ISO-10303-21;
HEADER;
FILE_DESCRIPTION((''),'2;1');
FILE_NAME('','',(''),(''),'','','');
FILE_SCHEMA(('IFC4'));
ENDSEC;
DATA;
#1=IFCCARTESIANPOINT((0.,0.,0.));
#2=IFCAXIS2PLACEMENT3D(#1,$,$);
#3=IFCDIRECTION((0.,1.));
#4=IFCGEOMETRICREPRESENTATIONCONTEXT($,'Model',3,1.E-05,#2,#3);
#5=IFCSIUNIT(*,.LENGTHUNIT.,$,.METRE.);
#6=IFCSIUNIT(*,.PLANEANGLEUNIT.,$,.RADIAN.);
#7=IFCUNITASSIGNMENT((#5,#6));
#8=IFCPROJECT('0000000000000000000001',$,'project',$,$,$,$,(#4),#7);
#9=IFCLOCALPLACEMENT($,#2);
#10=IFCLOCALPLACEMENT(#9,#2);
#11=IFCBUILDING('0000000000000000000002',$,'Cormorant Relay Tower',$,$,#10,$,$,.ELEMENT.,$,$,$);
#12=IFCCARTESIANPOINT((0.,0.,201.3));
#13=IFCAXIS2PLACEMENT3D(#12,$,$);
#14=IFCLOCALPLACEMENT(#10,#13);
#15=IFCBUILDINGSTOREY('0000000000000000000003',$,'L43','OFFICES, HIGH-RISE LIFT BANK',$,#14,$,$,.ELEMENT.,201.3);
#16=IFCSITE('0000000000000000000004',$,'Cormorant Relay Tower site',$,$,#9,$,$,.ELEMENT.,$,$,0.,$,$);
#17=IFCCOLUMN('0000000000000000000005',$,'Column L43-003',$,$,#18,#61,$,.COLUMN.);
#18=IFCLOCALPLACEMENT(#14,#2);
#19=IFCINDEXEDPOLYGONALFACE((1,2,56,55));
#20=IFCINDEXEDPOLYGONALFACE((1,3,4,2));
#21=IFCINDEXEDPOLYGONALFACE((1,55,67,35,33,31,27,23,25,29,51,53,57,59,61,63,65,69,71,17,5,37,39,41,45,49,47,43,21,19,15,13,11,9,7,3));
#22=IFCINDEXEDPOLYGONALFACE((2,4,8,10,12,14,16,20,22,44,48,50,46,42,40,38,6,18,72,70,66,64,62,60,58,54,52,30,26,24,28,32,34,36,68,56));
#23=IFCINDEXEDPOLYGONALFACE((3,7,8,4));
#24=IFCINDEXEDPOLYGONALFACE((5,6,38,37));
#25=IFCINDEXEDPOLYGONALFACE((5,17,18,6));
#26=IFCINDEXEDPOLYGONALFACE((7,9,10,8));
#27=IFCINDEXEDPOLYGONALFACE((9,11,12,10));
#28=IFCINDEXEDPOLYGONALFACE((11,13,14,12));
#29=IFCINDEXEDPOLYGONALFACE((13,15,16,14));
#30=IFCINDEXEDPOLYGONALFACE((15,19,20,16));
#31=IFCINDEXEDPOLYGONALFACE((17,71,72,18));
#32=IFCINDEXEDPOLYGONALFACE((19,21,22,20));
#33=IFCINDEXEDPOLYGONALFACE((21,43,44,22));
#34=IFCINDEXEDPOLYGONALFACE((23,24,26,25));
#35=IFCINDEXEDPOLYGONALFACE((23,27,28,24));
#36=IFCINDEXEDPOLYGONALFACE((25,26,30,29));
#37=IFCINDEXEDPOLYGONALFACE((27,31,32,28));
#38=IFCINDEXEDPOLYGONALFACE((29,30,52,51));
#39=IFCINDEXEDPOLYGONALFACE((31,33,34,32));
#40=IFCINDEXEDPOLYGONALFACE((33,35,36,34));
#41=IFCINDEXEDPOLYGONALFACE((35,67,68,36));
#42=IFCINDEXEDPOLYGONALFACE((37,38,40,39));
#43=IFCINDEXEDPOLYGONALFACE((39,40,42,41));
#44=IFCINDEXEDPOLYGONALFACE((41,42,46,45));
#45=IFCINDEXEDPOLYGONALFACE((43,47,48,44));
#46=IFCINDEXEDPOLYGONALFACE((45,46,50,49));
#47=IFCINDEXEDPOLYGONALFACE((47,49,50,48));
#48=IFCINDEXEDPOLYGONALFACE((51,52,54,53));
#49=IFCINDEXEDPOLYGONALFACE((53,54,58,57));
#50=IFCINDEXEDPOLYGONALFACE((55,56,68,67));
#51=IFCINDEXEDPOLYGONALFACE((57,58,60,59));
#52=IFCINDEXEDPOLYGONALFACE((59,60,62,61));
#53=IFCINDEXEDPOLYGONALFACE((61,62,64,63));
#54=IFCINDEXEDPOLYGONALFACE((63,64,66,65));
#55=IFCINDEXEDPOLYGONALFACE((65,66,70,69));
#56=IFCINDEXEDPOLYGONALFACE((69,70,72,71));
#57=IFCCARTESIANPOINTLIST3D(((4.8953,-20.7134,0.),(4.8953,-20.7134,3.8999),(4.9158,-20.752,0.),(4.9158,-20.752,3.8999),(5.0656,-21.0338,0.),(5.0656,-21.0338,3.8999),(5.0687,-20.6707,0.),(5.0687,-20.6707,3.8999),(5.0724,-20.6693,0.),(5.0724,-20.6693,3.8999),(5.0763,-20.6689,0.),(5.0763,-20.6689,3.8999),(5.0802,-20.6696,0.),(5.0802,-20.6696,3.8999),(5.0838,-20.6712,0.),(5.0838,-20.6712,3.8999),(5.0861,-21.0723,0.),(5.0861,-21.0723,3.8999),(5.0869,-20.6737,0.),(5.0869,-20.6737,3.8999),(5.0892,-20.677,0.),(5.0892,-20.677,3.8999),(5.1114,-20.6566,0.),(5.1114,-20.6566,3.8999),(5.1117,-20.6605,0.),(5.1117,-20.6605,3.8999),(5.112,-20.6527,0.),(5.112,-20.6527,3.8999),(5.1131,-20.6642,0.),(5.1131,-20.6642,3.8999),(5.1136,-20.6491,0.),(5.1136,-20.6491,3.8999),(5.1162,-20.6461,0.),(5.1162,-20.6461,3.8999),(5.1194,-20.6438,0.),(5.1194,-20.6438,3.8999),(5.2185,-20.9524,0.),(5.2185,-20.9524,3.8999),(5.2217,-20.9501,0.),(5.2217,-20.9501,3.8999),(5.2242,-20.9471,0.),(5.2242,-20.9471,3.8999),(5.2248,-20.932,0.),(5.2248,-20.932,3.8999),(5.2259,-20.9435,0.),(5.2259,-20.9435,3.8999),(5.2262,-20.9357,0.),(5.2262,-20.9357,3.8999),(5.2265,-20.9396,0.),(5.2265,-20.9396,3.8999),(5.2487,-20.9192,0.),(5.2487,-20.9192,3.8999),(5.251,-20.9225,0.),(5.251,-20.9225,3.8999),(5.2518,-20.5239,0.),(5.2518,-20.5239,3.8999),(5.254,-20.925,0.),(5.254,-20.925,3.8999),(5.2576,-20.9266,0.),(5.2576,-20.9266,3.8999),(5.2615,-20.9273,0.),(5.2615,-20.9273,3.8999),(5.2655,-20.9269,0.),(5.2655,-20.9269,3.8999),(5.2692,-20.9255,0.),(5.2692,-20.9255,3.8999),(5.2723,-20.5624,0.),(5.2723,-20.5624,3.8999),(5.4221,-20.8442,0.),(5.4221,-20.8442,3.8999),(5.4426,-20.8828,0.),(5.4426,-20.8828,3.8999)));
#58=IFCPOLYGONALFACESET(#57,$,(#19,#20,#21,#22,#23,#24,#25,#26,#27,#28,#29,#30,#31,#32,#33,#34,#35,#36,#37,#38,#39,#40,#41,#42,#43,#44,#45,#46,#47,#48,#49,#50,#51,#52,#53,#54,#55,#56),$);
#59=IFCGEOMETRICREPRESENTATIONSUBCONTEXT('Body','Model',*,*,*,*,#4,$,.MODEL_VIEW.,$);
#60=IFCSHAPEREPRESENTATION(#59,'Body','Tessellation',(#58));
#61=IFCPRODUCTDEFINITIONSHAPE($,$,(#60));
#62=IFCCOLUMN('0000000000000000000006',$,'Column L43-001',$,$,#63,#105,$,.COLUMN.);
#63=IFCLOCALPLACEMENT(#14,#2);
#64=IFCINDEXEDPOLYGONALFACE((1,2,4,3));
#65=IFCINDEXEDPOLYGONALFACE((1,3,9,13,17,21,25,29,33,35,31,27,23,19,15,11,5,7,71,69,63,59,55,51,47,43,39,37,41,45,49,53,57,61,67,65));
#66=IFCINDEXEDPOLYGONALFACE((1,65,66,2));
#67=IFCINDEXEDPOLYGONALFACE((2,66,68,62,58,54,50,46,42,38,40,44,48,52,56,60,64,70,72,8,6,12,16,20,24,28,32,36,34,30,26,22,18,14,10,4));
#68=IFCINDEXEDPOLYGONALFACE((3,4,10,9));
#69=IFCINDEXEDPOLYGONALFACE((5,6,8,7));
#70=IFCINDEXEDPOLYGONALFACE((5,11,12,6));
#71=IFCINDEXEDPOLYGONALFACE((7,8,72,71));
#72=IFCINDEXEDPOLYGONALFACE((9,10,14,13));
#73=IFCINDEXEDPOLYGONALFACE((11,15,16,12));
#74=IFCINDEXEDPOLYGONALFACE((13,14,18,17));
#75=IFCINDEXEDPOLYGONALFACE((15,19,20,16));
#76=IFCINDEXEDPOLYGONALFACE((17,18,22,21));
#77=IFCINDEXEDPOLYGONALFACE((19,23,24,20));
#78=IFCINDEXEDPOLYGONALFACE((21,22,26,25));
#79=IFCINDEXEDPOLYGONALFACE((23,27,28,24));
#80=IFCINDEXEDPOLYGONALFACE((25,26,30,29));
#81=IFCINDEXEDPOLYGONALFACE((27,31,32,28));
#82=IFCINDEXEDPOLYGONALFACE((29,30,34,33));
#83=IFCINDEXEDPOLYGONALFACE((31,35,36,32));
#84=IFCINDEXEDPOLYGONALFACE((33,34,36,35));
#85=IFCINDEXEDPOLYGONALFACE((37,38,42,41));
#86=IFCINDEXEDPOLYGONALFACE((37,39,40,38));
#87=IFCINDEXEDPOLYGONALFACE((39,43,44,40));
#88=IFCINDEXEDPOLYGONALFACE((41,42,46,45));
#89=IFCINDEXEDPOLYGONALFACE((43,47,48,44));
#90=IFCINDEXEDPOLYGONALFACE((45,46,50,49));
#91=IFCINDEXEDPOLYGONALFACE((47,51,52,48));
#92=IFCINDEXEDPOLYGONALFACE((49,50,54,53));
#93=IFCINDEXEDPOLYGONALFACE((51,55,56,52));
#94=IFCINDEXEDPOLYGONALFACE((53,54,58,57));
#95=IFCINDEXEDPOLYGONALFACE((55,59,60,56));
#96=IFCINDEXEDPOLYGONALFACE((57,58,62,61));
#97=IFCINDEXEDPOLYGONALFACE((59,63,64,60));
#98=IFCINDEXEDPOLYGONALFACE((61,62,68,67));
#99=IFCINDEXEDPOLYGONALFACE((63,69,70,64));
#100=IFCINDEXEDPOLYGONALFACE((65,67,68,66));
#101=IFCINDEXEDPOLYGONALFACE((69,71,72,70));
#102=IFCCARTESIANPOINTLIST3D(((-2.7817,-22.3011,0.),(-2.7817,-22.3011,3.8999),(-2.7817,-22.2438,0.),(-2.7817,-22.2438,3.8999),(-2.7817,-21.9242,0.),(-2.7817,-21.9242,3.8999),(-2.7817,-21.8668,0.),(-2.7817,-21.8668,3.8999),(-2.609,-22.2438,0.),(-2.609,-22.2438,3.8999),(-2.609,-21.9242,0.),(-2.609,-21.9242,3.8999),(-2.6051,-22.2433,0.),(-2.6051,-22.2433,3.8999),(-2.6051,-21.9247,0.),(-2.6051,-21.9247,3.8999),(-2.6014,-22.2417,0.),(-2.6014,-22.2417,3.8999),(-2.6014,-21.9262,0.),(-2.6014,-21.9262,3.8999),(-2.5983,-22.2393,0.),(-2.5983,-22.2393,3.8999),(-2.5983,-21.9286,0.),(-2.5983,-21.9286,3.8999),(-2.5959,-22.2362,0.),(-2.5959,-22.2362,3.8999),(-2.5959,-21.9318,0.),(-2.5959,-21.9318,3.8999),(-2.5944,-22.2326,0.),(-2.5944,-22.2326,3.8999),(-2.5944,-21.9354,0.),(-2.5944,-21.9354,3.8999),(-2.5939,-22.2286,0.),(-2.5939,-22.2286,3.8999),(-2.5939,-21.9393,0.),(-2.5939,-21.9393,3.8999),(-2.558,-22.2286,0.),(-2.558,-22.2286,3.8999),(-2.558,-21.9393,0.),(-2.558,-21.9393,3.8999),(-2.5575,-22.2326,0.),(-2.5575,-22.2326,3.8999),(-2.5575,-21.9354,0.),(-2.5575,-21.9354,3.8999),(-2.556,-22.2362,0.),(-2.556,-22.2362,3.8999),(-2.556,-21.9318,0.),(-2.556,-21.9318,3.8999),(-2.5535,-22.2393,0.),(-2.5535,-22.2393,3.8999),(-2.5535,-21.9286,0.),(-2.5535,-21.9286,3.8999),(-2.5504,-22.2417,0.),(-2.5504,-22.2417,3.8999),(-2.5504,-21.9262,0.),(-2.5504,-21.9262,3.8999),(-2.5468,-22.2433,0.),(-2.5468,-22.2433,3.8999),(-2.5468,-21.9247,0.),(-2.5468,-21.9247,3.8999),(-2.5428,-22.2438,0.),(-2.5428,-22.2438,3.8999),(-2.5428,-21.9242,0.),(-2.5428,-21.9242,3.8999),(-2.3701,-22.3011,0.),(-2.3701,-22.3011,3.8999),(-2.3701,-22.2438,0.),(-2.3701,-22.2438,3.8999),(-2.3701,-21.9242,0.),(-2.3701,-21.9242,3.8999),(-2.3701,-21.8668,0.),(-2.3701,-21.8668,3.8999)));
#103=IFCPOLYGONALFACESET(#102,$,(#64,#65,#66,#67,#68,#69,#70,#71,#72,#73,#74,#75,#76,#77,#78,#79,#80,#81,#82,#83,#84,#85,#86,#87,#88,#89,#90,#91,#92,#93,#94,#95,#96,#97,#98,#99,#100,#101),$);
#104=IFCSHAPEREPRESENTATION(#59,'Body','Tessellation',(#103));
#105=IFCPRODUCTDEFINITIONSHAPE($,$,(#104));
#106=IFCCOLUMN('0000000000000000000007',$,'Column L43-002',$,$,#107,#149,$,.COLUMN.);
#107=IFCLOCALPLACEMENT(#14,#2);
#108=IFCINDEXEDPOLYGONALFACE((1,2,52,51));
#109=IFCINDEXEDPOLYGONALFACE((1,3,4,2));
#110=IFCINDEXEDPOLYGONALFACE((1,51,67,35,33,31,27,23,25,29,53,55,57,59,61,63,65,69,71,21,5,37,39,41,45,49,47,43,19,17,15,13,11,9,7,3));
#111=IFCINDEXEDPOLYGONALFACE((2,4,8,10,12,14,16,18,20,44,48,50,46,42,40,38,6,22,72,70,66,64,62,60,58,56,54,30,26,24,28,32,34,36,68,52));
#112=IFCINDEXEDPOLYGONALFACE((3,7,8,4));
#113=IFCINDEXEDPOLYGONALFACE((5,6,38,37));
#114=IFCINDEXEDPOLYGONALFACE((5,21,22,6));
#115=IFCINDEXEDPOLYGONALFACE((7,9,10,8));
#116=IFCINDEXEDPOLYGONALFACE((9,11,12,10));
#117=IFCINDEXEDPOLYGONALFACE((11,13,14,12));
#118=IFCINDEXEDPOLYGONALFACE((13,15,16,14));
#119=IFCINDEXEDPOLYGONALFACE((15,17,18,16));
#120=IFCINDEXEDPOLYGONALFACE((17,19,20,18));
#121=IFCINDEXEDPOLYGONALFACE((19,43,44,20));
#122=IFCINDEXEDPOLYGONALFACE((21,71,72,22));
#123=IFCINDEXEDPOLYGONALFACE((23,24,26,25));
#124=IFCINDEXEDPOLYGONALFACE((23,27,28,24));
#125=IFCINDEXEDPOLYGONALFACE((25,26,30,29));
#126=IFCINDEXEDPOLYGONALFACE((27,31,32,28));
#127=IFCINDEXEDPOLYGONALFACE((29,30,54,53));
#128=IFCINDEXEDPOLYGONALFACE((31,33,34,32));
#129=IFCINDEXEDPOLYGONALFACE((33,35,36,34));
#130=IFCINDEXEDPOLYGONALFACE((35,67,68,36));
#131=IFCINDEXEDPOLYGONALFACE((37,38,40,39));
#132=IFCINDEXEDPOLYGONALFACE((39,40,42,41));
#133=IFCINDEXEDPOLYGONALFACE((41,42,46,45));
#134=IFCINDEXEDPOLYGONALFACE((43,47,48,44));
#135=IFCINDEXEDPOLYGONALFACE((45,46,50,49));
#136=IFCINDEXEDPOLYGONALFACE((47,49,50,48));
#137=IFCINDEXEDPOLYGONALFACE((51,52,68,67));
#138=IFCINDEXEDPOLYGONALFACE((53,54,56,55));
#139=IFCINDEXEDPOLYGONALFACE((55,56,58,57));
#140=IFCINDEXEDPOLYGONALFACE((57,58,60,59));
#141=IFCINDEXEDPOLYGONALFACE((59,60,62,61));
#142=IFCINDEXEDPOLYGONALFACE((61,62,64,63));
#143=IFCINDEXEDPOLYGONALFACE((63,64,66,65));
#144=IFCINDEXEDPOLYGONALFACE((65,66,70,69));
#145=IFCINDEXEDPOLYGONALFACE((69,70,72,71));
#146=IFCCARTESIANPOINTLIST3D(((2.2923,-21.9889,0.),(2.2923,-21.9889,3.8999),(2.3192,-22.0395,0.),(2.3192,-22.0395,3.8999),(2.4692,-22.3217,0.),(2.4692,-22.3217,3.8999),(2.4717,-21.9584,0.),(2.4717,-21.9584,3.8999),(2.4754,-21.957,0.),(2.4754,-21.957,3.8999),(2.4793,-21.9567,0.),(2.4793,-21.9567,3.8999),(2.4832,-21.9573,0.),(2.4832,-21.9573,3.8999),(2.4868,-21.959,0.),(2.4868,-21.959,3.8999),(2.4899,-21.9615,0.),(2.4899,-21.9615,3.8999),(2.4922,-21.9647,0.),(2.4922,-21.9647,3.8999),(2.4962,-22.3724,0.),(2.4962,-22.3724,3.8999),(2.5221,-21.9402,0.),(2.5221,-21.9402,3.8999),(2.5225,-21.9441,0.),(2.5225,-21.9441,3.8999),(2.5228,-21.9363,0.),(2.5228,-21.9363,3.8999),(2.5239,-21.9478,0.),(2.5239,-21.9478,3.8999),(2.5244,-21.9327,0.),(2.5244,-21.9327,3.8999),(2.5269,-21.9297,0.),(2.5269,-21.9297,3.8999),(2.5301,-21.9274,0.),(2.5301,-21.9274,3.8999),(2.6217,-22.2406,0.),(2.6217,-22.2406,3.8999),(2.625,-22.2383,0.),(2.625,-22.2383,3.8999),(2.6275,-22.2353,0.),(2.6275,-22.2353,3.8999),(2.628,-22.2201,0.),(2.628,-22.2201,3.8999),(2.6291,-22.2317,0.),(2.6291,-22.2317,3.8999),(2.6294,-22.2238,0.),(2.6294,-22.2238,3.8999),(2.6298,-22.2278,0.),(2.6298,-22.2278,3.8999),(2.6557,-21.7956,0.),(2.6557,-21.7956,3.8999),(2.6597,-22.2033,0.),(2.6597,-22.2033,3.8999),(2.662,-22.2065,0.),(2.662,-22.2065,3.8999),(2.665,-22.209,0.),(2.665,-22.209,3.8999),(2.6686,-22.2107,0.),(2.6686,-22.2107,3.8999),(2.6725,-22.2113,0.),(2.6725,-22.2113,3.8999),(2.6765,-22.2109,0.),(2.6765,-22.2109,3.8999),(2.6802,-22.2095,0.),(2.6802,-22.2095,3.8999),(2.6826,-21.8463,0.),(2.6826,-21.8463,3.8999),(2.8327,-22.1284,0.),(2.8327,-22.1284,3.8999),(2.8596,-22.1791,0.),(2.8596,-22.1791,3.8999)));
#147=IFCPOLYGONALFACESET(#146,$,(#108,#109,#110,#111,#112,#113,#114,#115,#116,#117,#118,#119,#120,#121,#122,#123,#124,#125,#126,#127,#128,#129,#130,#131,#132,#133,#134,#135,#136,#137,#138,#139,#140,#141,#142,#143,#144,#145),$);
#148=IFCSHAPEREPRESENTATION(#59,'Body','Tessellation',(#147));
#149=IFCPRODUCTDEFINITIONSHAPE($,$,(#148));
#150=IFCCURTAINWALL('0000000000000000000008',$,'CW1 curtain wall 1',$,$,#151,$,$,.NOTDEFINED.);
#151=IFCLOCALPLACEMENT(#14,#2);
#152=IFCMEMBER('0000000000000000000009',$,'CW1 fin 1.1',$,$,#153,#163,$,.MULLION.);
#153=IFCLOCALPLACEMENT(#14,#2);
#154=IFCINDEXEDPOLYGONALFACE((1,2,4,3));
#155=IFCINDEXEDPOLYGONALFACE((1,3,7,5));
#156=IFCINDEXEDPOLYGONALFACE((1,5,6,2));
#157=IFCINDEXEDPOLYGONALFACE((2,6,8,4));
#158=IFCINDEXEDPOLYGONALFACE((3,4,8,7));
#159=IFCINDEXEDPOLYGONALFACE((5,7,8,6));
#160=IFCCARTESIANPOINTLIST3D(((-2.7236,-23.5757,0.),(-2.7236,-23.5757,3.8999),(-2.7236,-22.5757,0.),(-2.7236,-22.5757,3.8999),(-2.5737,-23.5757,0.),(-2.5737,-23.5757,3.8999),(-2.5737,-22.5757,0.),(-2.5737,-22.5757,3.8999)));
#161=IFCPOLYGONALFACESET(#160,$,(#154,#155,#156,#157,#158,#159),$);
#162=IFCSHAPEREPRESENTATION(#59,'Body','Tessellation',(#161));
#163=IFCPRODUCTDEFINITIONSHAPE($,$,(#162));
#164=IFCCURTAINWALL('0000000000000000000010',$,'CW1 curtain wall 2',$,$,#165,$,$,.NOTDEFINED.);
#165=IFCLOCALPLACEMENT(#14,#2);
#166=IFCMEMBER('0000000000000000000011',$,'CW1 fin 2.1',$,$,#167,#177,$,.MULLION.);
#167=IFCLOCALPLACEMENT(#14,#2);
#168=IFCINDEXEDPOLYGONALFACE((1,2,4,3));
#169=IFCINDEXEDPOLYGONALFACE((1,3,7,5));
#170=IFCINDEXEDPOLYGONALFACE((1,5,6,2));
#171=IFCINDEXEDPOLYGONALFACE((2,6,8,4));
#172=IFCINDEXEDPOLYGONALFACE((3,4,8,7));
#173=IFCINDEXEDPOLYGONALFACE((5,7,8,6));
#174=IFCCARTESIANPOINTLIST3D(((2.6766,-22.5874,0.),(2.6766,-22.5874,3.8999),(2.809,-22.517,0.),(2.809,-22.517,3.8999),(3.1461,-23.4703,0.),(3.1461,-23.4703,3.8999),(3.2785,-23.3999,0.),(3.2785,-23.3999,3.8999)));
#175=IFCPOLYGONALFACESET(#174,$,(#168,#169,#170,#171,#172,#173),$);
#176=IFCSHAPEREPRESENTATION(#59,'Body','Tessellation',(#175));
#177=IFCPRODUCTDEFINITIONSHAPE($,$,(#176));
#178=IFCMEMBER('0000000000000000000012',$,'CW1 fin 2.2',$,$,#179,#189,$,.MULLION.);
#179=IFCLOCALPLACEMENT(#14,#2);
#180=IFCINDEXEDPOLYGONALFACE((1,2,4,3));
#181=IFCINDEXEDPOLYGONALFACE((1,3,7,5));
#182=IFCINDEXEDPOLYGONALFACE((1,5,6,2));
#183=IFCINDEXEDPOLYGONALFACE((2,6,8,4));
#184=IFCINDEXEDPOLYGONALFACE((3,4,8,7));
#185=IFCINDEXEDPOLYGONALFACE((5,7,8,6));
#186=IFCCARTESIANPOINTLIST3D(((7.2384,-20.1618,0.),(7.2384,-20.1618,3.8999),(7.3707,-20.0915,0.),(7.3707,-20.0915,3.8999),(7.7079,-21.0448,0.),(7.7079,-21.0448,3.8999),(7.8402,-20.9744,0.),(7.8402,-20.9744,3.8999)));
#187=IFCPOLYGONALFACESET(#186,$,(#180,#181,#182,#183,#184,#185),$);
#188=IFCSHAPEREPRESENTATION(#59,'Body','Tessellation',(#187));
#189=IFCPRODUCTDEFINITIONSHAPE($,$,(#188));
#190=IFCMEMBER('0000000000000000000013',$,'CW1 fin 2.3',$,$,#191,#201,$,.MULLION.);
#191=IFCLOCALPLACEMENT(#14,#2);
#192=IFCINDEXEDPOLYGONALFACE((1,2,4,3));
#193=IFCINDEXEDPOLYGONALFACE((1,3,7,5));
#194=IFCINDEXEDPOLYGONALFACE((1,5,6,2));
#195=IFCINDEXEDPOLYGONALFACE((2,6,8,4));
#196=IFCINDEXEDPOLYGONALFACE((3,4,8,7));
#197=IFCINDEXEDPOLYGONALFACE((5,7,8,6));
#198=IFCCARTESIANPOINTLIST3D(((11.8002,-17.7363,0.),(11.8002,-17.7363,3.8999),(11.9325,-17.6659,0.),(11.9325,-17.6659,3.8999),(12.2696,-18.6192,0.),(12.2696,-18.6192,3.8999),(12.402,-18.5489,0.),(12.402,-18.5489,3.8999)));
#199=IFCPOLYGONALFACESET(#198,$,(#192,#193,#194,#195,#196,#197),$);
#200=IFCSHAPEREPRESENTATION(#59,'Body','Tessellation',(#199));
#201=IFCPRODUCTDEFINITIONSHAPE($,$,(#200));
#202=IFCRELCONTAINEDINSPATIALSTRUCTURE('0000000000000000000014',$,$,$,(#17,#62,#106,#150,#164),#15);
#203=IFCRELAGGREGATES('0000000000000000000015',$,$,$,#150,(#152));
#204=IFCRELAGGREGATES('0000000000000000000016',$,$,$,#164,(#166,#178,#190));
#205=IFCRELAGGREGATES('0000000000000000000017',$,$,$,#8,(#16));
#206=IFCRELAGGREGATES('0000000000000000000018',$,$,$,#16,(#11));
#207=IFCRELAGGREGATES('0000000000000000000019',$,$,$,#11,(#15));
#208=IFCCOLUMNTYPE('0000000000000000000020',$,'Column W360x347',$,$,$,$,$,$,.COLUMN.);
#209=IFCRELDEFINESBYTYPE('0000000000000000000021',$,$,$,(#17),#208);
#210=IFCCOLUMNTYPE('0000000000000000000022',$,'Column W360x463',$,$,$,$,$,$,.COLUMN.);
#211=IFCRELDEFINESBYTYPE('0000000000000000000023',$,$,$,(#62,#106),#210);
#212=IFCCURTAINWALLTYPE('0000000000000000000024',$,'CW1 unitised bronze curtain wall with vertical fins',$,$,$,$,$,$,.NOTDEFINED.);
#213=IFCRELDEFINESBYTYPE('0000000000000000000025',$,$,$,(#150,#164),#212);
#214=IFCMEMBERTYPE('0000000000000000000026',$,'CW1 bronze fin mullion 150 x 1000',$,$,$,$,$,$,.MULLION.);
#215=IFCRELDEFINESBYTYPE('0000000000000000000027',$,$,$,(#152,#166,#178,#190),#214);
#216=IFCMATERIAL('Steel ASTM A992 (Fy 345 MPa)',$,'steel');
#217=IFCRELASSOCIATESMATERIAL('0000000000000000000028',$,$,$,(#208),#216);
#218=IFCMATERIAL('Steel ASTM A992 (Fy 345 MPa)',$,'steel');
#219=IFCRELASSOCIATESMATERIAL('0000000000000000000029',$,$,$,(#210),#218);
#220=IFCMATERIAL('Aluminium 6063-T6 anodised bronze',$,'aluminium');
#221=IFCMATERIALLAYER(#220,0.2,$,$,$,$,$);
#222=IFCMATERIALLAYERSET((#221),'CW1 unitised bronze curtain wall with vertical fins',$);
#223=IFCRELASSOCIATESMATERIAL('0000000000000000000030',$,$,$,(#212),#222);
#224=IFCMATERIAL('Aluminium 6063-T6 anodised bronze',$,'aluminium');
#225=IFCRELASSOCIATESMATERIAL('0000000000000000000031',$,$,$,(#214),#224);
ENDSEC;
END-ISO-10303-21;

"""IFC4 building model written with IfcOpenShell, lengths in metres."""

from ifc_helpers import new_model, si_unit, direction, frame, origin, origin_2d, place, context, subcontext, project, spatial, rectangle, i_section, extrude, material, layer, layer_set, material_profile, profile_set, type_object, element, aggregate, save


model = new_model("IFC4")

# Units and contexts
model_context = context("Model", 3, precision=1e-05, world=origin(), true_north=direction((0.0, 1.0)))
body_context = subcontext(model_context, "Body", "Model", "MODEL_VIEW")
ifc_project = project(units=[si_unit("LENGTHUNIT", "METRE"), si_unit("PLANEANGLEUNIT", "RADIAN")], contexts=[model_context])

# Site, building, storey
site_placement = place(None, origin())
site = spatial("IfcSite", under=ifc_project, at=site_placement, Name="Cormorant Relay Tower site", CompositionType="ELEMENT", RefElevation=0.0)
building_placement = place(site_placement, origin())
building = spatial("IfcBuilding", under=site, at=building_placement, Name="Cormorant Relay Tower", CompositionType="ELEMENT")
storey_placement = place(building_placement, frame((0.0, 0.0, 201.3)))
storey = spatial("IfcBuildingStorey", under=building, at=storey_placement, Name="L43", Description="OFFICES, HIGH-RISE LIFT BANK", CompositionType="ELEMENT", Elevation=201.3)

# Columns
ifc_material_1 = material(Name="Steel ASTM A992 (Fy 345 MPa)", Category="steel")
ifc_material_profile_1 = material_profile(ifc_material_1, i_section(OverallWidth=0.4038, OverallDepth=0.4065, WebThickness=0.0271, FlangeThickness=0.0437, FilletRadius=0.0151, at=origin_2d()), Name="W360x347")
ifc_profile_set_1 = profile_set([ifc_material_profile_1], Name="Steel ASTM A992 (Fy 345 MPa)")
column_type_1 = type_object("IfcColumnType", Name="Column W360x347", PredefinedType="COLUMN", material=ifc_profile_set_1)
column_placement = place(storey_placement, frame((5.1689, -20.7981, 0.0), z_axis=(0.0, 0.0, 1.0), x_axis=(0.882948, 0.469472, 0.0)))
element("IfcColumn", 1, at=column_placement, inside=storey, type_object=column_type_1, Name="Column L43-003", PredefinedType="COLUMN", context=body_context, shape_type="SweptSolid", body=[
    extrude(i_section(OverallWidth=0.4038, OverallDepth=0.4065, WebThickness=0.0271, FlangeThickness=0.0437, FilletRadius=0.0151, at=origin_2d()), origin(), (0.0, 0.0, 1.0), 3.8999),
])
ifc_material_2 = material(Name="Steel ASTM A992 (Fy 345 MPa)", Category="steel")
ifc_material_profile_2 = material_profile(ifc_material_2, i_section(OverallWidth=0.4116, OverallDepth=0.4343, WebThickness=0.0359, FlangeThickness=0.0574, FilletRadius=0.0151, at=origin_2d()), Name="W360x463")
ifc_profile_set_2 = profile_set([ifc_material_profile_2], Name="Steel ASTM A992 (Fy 345 MPa)")
column_type_2 = type_object("IfcColumnType", Name="Column W360x463", PredefinedType="COLUMN", material=ifc_profile_set_2)
for number, where, z_axis, x_axis, name in (
    (2, (-2.5759, -22.084, 0.0), (0.0, 0.0, 1.0), (1.0, 0.0, 0.0), "Column L43-001"),
    (3, (2.5759, -22.084, 0.0), (0.0, 0.0, 1.0), (0.882948, 0.469472, 0.0), "Column L43-002"),
):
    element("IfcColumn", number, at=place(storey_placement, frame(where, z_axis=z_axis, x_axis=x_axis)), inside=storey, type_object=column_type_2, Name=name, PredefinedType="COLUMN", context=body_context, shape_type="SweptSolid", body=[
        extrude(i_section(OverallWidth=0.4116, OverallDepth=0.4343, WebThickness=0.0359, FlangeThickness=0.0574, FilletRadius=0.0151, at=origin_2d()), origin(), (0.0, 0.0, 1.0), 3.8999),
    ])

# Curtain wall, member
ifc_material_3 = material(Name="Aluminium 6063-T6 anodised bronze", Category="aluminium")
ifc_layer_1 = layer(ifc_material_3, 0.2)
ifc_layer_set_1 = layer_set([ifc_layer_1], Name="CW1 unitised bronze curtain wall with vertical fins")
curtain_wall_type = type_object("IfcCurtainWallType", Name="CW1 unitised bronze curtain wall with vertical fins", PredefinedType="NOTDEFINED", material=ifc_layer_set_1)
curtain_wall_1_placement = place(storey_placement, origin())
curtain_wall_1 = element("IfcCurtainWall", 4, at=curtain_wall_1_placement, inside=storey, type_object=curtain_wall_type, Name="CW1 curtain wall 1", PredefinedType="NOTDEFINED")
ifc_material_4 = material(Name="Aluminium 6063-T6 anodised bronze", Category="aluminium")
ifc_material_profile_3 = material_profile(ifc_material_4, rectangle(XDim=0.1499, YDim=1.0, at=origin_2d()), Name="AL 150x1000")
ifc_profile_set_3 = profile_set([ifc_material_profile_3], Name="Aluminium 6063-T6 anodised bronze")
member_type_1 = type_object("IfcMemberType", Name="CW1 bronze fin mullion 150 x 1000", PredefinedType="MULLION", material=ifc_profile_set_3)
member_1_placement = place(storey_placement, frame((-2.6487, -23.0757, 0.0), z_axis=(0.0, 0.0, 1.0), x_axis=(1.0, 0.0, 0.0)))
member_1 = element("IfcMember", 5, at=member_1_placement, type_object=member_type_1, Name="CW1 fin 1.1", PredefinedType="MULLION", context=body_context, shape_type="SweptSolid", body=[
    extrude(rectangle(XDim=0.1499, YDim=1.0, at=origin_2d()), origin(), (0.0, 0.0, 1.0), 3.8999),
])

# Curtain wall, members
curtain_wall_2_placement = place(storey_placement, origin())
curtain_wall_2 = element("IfcCurtainWall", 6, at=curtain_wall_2_placement, inside=storey, type_object=curtain_wall_type, Name="CW1 curtain wall 2", PredefinedType="NOTDEFINED")
member_2_placement = place(storey_placement, frame((2.9775, -22.9937, 0.0), z_axis=(0.0, 0.0, 1.0), x_axis=(0.882948, 0.469472, 0.0)))
member_2 = element("IfcMember", 7, at=member_2_placement, type_object=member_type_1, Name="CW1 fin 2.1", PredefinedType="MULLION", context=body_context, shape_type="SweptSolid", body=[
    extrude(rectangle(XDim=0.1499, YDim=1.0, at=origin_2d()), origin(), (0.0, 0.0, 1.0), 3.8999),
])
member_3_placement = place(storey_placement, frame((7.5393, -20.5681, 0.0), z_axis=(0.0, 0.0, 1.0), x_axis=(0.882948, 0.469472, 0.0)))
member_3 = element("IfcMember", 8, at=member_3_placement, type_object=member_type_1, Name="CW1 fin 2.2", PredefinedType="MULLION", context=body_context, shape_type="SweptSolid", body=[
    extrude(rectangle(XDim=0.1499, YDim=1.0, at=origin_2d()), origin(), (0.0, 0.0, 1.0), 3.8999),
])
member_4_placement = place(storey_placement, frame((12.1011, -18.1426, 0.0), z_axis=(0.0, 0.0, 1.0), x_axis=(0.882948, 0.469472, 0.0)))
member_4 = element("IfcMember", 9, at=member_4_placement, type_object=member_type_1, Name="CW1 fin 2.3", PredefinedType="MULLION", context=body_context, shape_type="SweptSolid", body=[
    extrude(rectangle(XDim=0.1499, YDim=1.0, at=origin_2d()), origin(), (0.0, 0.0, 1.0), 3.8999),
])

aggregate(curtain_wall_1, [member_1])
aggregate(curtain_wall_2, [member_2, member_3, member_4])

save(model, "model.ifc")
